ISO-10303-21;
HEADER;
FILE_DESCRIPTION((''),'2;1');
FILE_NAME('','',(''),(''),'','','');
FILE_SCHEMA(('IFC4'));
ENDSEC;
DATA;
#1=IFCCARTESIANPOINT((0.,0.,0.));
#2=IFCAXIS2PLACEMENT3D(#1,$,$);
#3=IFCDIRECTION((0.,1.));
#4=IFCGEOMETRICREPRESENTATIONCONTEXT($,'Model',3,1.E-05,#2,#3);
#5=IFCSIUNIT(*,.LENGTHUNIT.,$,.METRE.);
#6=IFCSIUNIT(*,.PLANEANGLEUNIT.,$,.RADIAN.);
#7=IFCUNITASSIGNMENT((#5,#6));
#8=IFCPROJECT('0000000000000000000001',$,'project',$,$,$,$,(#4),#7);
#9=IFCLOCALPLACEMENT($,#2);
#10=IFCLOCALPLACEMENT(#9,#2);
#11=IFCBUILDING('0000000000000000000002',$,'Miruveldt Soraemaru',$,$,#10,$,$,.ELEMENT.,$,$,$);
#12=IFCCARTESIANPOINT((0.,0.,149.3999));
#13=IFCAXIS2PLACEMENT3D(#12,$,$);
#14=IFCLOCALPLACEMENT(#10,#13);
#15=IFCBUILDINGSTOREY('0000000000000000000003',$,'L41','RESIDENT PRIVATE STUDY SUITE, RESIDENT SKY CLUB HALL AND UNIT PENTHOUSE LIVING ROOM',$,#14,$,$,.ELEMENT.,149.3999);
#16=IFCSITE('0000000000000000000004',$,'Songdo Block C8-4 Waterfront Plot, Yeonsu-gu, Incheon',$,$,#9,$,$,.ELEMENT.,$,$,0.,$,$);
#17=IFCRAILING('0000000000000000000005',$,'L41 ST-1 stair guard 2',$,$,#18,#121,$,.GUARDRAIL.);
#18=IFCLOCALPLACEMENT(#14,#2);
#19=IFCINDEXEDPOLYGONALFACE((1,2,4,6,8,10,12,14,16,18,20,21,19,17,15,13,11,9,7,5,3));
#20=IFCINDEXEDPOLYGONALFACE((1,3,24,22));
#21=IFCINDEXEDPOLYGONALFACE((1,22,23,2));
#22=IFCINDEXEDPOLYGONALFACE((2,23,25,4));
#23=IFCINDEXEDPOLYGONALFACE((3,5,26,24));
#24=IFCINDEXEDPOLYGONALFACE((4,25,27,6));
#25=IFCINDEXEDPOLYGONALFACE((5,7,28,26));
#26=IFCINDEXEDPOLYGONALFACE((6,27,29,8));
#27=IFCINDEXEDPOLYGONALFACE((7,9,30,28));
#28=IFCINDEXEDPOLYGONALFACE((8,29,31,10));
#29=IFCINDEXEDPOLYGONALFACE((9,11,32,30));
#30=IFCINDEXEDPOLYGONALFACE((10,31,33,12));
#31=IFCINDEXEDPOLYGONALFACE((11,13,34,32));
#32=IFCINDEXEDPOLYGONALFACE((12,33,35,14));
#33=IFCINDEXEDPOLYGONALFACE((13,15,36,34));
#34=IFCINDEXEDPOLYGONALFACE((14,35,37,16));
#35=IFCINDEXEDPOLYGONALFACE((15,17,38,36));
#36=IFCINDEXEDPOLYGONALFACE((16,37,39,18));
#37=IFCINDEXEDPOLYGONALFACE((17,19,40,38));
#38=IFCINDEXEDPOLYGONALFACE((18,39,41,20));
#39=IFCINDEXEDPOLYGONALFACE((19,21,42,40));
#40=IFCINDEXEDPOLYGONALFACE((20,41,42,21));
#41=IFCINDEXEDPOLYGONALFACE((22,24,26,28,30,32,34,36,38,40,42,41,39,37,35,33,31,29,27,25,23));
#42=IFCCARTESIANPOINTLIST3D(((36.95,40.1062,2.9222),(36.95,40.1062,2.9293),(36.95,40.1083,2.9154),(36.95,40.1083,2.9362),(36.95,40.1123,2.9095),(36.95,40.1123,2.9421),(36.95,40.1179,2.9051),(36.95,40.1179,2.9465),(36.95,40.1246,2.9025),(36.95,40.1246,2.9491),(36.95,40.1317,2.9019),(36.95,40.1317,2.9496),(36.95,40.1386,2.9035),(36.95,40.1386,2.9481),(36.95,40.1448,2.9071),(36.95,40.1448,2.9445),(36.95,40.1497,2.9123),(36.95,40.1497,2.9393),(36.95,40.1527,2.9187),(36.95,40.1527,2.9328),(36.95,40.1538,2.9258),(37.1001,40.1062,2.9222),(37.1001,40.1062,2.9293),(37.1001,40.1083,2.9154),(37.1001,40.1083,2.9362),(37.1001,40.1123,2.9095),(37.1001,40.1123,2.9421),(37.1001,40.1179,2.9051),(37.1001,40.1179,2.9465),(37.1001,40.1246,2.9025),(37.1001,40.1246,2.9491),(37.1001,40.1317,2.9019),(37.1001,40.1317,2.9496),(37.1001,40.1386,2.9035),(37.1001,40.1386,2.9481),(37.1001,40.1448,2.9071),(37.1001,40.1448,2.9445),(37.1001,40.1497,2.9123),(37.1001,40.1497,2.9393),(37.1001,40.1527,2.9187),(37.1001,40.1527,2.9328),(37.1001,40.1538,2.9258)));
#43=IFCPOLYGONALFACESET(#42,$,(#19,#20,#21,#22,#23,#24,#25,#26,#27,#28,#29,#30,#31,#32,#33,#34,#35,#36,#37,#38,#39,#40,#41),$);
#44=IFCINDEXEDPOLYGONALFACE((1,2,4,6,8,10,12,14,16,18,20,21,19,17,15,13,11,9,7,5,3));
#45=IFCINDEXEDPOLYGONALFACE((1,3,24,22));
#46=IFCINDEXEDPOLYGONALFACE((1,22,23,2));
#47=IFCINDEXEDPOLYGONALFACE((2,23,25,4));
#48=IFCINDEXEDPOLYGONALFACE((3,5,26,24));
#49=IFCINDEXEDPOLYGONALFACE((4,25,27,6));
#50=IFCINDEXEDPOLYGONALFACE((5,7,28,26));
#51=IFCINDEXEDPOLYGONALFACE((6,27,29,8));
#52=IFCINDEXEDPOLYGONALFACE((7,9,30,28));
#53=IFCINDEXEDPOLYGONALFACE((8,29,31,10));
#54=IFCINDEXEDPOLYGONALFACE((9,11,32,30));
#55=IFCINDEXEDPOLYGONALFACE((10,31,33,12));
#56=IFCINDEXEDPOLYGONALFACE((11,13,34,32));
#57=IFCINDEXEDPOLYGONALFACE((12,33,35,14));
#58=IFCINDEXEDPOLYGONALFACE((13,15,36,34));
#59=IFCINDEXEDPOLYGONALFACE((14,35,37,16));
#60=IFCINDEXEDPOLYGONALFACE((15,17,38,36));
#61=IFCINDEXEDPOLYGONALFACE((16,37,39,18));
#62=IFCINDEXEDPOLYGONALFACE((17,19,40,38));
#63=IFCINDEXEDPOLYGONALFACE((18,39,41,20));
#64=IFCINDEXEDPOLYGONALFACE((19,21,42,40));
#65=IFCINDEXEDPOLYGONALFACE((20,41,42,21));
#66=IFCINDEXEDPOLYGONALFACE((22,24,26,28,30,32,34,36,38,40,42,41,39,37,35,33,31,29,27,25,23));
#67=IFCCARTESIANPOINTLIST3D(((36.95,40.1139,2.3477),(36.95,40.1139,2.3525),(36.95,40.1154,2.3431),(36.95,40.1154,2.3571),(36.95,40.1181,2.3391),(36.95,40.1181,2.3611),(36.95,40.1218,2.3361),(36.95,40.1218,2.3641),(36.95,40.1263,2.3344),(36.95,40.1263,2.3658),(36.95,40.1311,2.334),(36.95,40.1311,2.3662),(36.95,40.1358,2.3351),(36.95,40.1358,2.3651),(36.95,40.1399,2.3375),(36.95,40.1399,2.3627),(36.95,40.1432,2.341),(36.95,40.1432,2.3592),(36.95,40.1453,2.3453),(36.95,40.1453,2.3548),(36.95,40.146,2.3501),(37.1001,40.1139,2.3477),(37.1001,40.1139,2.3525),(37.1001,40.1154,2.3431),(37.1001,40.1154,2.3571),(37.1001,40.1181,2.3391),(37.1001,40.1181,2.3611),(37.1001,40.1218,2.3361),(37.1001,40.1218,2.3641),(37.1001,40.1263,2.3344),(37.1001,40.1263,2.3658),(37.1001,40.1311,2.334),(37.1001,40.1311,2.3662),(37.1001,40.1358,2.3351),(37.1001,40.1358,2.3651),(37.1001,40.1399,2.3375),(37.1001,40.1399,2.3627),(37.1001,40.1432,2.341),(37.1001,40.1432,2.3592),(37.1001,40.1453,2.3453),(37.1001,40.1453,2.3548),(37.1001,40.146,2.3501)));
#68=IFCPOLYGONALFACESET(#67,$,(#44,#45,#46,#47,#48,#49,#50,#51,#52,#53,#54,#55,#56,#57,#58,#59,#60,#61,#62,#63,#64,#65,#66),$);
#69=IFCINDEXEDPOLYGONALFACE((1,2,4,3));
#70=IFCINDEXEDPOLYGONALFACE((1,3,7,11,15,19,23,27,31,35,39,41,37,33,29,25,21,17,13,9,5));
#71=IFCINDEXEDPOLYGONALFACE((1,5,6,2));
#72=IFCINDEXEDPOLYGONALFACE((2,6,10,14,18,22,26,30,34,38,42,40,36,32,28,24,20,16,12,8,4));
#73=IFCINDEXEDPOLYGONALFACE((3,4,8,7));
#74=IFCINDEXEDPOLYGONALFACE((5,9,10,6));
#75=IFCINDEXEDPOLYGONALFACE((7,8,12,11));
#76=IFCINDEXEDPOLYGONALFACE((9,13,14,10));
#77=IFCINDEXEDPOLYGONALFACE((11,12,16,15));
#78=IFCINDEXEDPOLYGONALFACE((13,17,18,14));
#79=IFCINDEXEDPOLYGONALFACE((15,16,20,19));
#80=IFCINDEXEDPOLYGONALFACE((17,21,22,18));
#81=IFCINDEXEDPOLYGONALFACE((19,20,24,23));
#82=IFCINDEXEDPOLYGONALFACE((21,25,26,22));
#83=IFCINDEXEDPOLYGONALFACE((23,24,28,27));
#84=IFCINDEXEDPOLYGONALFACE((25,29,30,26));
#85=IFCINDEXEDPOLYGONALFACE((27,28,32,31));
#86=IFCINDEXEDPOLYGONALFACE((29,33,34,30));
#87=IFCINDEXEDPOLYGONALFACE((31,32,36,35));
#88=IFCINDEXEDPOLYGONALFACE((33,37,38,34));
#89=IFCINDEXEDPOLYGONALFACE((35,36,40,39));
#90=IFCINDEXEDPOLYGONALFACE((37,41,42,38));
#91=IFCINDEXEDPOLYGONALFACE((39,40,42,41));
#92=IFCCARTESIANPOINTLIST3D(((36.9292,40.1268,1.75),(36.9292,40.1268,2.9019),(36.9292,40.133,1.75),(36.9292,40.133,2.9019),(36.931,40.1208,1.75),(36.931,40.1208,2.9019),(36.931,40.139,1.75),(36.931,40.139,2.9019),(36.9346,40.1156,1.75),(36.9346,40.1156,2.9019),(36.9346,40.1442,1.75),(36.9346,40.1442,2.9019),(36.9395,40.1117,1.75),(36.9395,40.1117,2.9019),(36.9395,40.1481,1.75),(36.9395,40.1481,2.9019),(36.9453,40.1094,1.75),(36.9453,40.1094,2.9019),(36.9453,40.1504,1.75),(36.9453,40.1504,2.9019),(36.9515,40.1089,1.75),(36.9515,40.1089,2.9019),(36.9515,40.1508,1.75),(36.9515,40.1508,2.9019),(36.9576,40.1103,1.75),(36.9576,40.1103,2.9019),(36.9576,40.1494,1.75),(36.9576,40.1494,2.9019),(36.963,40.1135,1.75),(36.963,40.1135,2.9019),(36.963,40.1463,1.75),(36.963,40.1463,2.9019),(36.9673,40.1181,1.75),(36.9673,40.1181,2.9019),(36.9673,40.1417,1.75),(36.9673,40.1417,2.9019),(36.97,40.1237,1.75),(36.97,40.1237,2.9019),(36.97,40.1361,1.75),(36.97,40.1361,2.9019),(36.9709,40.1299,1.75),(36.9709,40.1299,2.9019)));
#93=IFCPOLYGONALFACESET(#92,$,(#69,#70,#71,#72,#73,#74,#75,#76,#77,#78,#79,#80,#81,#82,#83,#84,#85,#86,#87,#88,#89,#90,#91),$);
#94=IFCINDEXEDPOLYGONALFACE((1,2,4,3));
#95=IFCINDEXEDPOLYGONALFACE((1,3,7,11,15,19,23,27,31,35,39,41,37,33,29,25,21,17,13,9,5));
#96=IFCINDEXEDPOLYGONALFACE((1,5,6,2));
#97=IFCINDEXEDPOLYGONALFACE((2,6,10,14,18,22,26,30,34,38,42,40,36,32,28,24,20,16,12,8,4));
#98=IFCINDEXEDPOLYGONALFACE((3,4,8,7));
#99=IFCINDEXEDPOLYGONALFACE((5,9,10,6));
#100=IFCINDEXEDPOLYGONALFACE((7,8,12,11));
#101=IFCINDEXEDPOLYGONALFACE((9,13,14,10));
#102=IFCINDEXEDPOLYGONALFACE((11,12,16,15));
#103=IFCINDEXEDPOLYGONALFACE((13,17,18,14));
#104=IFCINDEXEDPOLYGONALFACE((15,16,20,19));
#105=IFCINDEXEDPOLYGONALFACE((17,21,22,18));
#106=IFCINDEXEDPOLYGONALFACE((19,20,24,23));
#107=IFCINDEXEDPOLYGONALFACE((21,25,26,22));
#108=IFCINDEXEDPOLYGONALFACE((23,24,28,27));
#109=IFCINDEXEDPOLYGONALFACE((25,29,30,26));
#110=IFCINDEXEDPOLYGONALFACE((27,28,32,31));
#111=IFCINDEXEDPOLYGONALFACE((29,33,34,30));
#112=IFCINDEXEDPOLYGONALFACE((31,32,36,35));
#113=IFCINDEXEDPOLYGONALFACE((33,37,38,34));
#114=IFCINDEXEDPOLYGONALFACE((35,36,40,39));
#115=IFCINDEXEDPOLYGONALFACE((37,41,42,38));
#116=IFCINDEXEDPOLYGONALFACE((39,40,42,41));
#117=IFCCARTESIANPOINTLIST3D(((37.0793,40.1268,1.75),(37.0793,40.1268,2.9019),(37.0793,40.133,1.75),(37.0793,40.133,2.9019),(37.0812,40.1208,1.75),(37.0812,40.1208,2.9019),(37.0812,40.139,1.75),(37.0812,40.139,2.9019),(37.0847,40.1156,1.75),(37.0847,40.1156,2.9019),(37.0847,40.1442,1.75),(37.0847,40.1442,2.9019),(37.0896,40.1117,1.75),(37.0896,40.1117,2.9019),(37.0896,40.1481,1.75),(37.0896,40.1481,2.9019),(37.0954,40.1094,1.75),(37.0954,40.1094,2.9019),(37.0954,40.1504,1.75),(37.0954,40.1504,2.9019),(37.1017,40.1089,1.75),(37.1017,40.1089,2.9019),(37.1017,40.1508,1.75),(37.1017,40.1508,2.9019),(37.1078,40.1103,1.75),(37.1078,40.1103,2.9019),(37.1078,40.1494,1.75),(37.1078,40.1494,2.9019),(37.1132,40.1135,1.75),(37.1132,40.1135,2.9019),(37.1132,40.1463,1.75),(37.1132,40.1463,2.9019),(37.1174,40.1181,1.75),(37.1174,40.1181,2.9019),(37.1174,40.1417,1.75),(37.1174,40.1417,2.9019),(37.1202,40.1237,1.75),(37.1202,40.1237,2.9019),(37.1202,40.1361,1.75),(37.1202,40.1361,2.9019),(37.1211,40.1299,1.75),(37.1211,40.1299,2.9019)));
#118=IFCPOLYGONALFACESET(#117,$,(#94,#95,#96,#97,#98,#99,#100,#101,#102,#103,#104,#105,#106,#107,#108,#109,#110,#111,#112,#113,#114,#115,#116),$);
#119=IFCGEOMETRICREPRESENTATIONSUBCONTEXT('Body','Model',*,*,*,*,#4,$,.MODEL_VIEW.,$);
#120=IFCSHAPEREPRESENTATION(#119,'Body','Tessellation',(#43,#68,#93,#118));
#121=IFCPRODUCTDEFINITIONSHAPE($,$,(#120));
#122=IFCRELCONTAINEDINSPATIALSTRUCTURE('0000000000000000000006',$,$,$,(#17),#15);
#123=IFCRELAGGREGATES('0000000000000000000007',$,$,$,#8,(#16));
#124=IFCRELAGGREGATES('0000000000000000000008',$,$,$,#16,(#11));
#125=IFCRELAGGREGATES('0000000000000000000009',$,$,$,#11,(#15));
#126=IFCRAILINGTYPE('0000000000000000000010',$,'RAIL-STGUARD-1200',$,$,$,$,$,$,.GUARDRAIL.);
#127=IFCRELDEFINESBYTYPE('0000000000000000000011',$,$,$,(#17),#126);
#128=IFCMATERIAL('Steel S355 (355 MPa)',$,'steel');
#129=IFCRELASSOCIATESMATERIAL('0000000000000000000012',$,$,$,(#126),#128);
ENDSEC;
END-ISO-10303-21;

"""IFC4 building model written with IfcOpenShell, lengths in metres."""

from ifc_helpers import new_model, si_unit, direction, frame, origin, origin_2d, place, context, subcontext, project, spatial, circle, extrude, material, type_object, element, save


model = new_model("IFC4")

# Units and contexts
model_context = context("Model", 3, precision=1e-05, world=origin(), true_north=direction((0.0, 1.0)))
body_context = subcontext(model_context, "Body", "Model", "MODEL_VIEW")
ifc_project = project(units=[si_unit("LENGTHUNIT", "METRE"), si_unit("PLANEANGLEUNIT", "RADIAN")], contexts=[model_context])

# Site, building, storey
site_placement = place(None, origin())
site = spatial("IfcSite", under=ifc_project, at=site_placement, Name="Songdo Block C8-4 Waterfront Plot, Yeonsu-gu, Incheon", CompositionType="ELEMENT", RefElevation=0.0)
building_placement = place(site_placement, origin())
building = spatial("IfcBuilding", under=site, at=building_placement, Name="Miruveldt Soraemaru", CompositionType="ELEMENT")
storey_placement = place(building_placement, frame((0.0, 0.0, 149.3999)))
storey = spatial("IfcBuildingStorey", under=building, at=storey_placement, Name="L41", Description="RESIDENT PRIVATE STUDY SUITE, RESIDENT SKY CLUB HALL AND UNIT PENTHOUSE LIVING ROOM", CompositionType="ELEMENT", Elevation=149.3999)

# Railing
ifc_material_1 = material(Name="Steel S355 (355 MPa)", Category="steel")
railing_type_1 = type_object("IfcRailingType", Name="RAIL-STGUARD-1200", PredefinedType="GUARDRAIL", material=ifc_material_1)
railing_1_placement = place(storey_placement, frame((36.95, 40.1299, 1.75)))
element("IfcRailing", 1, at=railing_1_placement, inside=storey, type_object=railing_type_1, Name="L41 ST-1 stair guard 2", PredefinedType="GUARDRAIL", context=body_context, shape_type="SweptSolid", body=[
    extrude(circle(Radius=0.0239, at=origin_2d()), frame((0.0, 0.0, 1.1758), z_axis=(1.0, 0.0, 0.0), x_axis=(0.0, 1.0, 0.0)), (0.0, 0.0, 1.0), 0.1501),
    extrude(circle(Radius=0.0161, at=origin_2d()), frame((0.0, 0.0, 0.6001), z_axis=(1.0, 0.0, 0.0), x_axis=(0.0, 1.0, 0.0)), (0.0, 0.0, 1.0), 0.1501),
    extrude(circle(Radius=0.021, at=origin_2d()), origin(), (0.0, 0.0, 1.0), 1.1519),
    extrude(circle(Radius=0.021, at=origin_2d()), frame((0.1501, 0.0, 0.0)), (0.0, 0.0, 1.0), 1.1519),
])

save(model, "model.ifc")
